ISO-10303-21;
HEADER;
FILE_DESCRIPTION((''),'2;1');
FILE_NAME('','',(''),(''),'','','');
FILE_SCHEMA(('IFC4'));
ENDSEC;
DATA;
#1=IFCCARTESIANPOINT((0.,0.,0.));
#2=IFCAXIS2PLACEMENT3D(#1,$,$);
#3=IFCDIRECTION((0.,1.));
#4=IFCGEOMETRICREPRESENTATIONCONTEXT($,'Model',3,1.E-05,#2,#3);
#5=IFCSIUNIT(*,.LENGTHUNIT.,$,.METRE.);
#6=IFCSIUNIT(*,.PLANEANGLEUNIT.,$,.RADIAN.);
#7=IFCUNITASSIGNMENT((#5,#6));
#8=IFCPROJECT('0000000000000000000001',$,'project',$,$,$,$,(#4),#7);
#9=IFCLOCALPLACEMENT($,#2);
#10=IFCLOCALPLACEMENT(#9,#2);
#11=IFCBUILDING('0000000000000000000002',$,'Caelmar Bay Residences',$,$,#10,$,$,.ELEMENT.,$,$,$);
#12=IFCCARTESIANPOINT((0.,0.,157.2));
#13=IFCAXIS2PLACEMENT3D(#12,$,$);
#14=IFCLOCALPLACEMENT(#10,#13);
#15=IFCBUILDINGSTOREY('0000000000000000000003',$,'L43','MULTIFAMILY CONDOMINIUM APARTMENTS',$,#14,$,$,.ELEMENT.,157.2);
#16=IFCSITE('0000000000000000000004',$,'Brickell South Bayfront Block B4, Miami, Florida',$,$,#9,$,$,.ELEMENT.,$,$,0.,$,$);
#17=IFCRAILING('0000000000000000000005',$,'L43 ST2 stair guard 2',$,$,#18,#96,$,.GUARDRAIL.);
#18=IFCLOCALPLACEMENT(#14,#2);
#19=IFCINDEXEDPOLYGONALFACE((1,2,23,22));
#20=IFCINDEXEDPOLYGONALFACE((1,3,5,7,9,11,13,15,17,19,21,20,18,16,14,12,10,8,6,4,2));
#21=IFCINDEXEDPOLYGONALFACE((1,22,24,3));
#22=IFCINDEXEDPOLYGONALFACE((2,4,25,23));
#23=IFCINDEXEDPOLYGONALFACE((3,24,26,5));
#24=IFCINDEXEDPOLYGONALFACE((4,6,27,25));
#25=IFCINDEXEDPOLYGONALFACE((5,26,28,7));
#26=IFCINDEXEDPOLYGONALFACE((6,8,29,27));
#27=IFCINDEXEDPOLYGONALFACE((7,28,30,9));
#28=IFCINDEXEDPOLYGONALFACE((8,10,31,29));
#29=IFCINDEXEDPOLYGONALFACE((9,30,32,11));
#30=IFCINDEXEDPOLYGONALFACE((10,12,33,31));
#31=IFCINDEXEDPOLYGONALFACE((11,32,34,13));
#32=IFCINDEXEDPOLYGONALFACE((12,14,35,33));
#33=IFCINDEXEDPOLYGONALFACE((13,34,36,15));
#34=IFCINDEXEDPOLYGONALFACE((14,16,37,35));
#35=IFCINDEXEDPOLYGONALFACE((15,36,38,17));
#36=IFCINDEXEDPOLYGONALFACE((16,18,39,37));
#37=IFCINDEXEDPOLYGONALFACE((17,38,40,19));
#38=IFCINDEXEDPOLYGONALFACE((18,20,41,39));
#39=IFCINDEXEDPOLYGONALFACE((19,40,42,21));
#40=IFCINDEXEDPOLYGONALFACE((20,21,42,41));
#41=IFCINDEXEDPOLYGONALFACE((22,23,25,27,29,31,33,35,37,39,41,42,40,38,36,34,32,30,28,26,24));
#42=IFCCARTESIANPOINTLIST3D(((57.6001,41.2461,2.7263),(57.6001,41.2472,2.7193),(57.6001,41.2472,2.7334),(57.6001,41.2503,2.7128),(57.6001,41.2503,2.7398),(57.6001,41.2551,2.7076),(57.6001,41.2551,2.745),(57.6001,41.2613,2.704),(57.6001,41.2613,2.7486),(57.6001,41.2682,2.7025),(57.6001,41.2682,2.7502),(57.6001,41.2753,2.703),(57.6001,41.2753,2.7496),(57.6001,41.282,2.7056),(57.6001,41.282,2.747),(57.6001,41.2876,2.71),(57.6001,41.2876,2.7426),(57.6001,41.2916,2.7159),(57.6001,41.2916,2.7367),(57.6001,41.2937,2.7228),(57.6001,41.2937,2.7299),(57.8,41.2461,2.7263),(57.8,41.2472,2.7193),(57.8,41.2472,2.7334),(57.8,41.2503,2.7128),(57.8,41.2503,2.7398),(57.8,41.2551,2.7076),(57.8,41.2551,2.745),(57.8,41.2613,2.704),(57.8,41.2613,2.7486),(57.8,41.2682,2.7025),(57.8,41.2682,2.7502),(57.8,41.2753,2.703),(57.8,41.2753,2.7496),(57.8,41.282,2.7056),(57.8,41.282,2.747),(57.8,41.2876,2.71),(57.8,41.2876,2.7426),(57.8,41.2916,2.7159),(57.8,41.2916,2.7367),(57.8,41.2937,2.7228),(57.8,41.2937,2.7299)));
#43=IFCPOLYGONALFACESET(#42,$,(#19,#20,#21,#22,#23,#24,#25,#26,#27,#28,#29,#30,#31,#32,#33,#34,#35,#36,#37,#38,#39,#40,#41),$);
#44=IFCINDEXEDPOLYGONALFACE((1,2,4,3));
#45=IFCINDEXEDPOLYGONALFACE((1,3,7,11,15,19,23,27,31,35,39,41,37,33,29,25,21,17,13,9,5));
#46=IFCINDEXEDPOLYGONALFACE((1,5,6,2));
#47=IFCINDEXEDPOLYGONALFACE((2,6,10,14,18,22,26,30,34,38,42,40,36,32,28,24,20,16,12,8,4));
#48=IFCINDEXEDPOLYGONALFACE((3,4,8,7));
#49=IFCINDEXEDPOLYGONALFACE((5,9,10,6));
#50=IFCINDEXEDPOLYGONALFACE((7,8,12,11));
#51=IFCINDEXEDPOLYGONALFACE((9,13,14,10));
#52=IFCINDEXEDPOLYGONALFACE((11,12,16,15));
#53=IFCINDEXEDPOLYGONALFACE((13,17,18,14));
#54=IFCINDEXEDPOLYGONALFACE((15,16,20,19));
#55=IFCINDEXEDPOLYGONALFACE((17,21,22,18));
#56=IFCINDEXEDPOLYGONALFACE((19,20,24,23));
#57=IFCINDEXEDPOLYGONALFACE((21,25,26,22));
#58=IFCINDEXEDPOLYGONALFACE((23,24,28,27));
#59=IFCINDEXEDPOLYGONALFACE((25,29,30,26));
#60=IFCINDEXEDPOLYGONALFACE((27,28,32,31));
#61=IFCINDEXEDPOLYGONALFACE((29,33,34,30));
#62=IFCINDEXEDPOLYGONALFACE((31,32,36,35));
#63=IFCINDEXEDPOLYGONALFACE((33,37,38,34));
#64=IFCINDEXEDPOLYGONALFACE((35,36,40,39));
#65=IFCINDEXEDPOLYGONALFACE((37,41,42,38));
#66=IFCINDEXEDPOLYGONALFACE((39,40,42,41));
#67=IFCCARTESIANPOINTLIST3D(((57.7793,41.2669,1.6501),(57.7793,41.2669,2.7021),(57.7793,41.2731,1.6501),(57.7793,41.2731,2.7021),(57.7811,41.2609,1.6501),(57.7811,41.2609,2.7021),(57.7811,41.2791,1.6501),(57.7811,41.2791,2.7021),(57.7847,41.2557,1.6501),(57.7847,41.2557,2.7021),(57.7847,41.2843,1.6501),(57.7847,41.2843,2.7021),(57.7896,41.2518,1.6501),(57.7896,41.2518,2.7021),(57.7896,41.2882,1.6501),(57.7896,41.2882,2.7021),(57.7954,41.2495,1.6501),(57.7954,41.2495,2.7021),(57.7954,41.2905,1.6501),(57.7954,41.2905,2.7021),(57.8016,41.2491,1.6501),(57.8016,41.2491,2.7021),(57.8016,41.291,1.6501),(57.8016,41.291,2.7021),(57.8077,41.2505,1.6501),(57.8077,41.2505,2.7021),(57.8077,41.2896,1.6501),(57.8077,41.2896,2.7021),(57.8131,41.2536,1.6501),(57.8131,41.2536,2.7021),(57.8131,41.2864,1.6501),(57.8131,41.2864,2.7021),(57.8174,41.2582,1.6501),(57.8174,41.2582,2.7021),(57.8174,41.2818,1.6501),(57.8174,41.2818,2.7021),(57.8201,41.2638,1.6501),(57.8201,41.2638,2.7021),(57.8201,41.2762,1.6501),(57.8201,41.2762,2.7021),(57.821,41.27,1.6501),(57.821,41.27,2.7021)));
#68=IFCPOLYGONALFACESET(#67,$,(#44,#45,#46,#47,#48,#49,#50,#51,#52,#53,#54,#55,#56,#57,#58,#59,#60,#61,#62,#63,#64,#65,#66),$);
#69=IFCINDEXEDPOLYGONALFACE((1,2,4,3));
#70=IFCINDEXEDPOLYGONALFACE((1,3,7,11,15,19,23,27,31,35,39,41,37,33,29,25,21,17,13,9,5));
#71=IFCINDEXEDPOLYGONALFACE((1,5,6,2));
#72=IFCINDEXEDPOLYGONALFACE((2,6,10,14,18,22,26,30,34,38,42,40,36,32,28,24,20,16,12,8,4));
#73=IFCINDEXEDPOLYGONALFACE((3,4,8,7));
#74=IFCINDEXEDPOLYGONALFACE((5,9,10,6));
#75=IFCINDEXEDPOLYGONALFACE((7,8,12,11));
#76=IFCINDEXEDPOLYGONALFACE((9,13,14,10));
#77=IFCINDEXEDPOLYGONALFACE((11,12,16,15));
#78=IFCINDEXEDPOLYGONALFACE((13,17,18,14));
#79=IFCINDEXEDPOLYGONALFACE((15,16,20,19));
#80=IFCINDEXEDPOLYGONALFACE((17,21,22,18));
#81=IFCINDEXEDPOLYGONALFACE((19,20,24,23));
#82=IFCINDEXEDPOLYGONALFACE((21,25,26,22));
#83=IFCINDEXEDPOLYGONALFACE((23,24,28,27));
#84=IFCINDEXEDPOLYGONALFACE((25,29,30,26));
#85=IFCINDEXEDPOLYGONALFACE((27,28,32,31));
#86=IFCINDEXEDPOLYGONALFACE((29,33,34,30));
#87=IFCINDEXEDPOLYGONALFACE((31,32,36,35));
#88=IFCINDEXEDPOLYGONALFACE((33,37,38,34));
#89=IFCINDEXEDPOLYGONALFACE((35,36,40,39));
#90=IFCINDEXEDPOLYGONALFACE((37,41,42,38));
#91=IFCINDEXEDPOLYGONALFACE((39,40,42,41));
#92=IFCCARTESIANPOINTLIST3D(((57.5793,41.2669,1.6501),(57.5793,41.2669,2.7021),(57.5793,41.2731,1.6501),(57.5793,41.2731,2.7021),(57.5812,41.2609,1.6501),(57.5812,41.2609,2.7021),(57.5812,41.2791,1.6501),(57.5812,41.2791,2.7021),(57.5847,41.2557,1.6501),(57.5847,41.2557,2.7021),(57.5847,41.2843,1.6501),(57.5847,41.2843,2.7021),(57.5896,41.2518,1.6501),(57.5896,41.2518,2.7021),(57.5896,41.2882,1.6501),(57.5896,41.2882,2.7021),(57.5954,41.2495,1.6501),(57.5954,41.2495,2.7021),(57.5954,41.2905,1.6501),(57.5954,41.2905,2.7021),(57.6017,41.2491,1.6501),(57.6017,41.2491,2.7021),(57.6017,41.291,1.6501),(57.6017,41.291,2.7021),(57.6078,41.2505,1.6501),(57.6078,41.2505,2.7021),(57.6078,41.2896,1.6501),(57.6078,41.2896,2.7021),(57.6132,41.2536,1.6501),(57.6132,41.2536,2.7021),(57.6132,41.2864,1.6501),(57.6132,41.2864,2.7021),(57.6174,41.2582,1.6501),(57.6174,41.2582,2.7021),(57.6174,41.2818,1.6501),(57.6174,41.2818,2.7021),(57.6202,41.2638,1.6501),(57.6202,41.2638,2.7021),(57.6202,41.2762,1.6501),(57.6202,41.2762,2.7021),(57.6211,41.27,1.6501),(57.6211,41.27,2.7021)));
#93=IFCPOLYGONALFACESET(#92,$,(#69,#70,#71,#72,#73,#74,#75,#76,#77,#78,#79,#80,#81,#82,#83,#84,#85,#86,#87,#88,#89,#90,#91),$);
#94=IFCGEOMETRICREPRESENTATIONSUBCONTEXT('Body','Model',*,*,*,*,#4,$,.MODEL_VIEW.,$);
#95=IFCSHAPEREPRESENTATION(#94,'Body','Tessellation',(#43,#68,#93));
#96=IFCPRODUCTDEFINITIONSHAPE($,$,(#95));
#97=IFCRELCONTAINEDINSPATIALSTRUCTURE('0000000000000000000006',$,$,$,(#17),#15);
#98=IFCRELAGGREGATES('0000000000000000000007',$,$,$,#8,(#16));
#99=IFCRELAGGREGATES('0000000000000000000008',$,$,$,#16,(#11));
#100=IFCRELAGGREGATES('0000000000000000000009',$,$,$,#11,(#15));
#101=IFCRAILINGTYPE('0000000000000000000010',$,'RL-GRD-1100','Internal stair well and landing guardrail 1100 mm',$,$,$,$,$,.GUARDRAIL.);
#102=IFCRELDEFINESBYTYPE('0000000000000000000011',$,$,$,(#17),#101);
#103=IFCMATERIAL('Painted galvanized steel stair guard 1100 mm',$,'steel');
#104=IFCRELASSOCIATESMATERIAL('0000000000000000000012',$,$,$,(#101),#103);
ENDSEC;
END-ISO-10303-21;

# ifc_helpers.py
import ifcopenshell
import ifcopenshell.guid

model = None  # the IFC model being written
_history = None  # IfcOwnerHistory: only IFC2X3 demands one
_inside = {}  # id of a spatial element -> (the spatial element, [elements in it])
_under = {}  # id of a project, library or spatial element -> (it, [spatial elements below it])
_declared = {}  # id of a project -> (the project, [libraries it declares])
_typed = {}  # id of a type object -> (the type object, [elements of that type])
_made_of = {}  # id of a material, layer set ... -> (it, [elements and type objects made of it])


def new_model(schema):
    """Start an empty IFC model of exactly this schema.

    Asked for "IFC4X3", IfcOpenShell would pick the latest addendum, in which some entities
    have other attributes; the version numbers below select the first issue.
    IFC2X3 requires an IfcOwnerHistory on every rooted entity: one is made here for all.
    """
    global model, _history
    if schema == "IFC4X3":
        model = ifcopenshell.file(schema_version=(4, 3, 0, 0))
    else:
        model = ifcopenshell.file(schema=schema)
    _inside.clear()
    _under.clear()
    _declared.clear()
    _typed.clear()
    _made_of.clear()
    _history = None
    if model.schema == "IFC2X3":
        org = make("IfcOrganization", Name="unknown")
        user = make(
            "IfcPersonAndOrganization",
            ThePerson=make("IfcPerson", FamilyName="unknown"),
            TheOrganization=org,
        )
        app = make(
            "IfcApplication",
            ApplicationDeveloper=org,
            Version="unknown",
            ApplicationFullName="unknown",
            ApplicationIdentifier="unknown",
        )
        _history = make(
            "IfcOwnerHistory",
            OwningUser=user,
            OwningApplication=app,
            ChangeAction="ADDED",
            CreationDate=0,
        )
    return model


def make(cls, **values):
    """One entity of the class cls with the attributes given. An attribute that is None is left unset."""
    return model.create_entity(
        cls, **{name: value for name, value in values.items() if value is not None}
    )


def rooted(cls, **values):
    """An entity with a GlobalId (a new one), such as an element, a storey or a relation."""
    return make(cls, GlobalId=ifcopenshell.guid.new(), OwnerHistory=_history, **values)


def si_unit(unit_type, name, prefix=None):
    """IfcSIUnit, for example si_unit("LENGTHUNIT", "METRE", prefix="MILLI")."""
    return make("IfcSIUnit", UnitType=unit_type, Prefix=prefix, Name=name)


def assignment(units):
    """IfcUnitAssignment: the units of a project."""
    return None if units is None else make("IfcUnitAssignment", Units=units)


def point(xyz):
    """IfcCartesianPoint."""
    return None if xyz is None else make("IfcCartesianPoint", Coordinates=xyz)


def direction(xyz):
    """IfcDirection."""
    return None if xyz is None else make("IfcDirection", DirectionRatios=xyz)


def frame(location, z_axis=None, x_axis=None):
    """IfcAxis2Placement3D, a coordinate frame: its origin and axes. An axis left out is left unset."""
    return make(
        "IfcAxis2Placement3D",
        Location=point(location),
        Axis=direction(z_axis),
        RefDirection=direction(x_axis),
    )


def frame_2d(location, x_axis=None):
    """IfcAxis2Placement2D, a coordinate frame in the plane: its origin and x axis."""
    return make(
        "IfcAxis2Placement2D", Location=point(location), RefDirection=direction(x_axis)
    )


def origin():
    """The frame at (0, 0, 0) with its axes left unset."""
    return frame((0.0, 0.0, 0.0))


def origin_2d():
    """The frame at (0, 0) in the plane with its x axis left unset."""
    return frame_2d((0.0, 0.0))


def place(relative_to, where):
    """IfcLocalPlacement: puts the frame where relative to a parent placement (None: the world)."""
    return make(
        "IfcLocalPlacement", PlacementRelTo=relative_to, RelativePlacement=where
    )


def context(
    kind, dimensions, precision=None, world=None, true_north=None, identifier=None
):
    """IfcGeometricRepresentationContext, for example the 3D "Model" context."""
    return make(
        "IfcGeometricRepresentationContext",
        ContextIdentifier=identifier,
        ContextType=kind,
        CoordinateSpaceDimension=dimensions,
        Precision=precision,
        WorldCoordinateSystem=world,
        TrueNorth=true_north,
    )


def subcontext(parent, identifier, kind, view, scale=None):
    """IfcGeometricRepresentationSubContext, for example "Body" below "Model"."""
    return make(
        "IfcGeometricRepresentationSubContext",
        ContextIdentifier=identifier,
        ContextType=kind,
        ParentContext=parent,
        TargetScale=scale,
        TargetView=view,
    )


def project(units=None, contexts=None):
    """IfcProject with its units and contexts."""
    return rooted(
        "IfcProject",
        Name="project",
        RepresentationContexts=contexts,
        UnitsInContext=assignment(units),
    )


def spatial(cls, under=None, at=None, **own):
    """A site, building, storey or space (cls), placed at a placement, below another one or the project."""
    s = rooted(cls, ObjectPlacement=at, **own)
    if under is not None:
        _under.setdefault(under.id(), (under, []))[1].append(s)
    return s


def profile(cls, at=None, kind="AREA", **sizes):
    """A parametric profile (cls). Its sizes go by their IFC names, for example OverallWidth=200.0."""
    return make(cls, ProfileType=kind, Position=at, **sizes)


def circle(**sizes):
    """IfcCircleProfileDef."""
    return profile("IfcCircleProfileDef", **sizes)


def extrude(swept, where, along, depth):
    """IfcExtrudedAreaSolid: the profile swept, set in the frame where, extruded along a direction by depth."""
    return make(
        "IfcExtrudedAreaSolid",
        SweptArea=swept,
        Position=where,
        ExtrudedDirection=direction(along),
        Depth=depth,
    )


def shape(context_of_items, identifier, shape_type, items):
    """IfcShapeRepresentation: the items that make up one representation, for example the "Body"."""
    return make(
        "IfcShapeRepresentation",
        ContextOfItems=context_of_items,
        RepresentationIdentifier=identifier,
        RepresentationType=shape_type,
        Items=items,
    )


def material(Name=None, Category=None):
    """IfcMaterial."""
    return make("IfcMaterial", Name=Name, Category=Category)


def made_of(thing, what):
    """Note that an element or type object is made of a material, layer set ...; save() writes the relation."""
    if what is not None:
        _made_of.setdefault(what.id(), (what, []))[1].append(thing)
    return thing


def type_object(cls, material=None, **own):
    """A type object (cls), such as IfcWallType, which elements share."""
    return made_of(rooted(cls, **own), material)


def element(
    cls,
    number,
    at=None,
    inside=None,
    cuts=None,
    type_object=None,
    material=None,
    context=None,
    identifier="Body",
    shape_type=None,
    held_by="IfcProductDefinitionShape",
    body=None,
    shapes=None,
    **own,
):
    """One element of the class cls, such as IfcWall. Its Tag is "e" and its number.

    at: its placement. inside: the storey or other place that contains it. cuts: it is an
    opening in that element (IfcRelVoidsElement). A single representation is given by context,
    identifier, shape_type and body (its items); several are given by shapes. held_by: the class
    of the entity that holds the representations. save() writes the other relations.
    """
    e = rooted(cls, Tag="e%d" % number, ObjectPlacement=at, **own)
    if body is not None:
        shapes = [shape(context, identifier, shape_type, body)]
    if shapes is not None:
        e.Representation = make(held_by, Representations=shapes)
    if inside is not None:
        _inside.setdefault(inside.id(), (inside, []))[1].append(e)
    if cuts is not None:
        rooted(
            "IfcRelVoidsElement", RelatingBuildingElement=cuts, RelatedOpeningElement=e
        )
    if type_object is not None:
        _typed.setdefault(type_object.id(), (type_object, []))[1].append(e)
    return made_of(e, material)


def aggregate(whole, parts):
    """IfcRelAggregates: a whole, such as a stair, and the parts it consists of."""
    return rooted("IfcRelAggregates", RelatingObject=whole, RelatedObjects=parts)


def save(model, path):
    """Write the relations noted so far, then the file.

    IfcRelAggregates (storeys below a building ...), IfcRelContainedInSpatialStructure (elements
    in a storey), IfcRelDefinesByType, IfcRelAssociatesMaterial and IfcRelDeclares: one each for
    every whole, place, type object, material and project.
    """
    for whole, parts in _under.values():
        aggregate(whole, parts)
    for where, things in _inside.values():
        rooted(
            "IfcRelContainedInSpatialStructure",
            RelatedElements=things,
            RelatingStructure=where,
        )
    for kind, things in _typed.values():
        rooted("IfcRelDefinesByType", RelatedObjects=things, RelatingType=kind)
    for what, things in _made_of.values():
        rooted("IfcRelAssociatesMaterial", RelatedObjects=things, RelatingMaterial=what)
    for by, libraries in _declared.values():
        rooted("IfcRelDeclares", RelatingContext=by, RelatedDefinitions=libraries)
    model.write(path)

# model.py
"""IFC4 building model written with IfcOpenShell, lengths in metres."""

from ifc_helpers import new_model, si_unit, direction, frame, origin, origin_2d, place, context, subcontext, project, spatial, circle, extrude, material, type_object, element, save


model = new_model("IFC4")

# Units and contexts
model_context = context("Model", 3, precision=1e-05, world=origin(), true_north=direction((0.0, 1.0)))
body_context = subcontext(model_context, "Body", "Model", "MODEL_VIEW")
ifc_project = project(units=[si_unit("LENGTHUNIT", "METRE"), si_unit("PLANEANGLEUNIT", "RADIAN")], contexts=[model_context])

# Site, building, storey
site_placement = place(None, origin())
site = spatial("IfcSite", under=ifc_project, at=site_placement, Name="Brickell South Bayfront Block B4, Miami, Florida", CompositionType="ELEMENT", RefElevation=0.0)
building_placement = place(site_placement, origin())
building = spatial("IfcBuilding", under=site, at=building_placement, Name="Caelmar Bay Residences", CompositionType="ELEMENT")
storey_placement = place(building_placement, frame((0.0, 0.0, 157.2)))
storey = spatial("IfcBuildingStorey", under=building, at=storey_placement, Name="L43", Description="MULTIFAMILY CONDOMINIUM APARTMENTS", CompositionType="ELEMENT", Elevation=157.2)

# Railing
ifc_material_1 = material(Name="Painted galvanized steel stair guard 1100 mm", Category="steel")
railing_type_1 = type_object("IfcRailingType", Name="RL-GRD-1100", Description="Internal stair well and landing guardrail 1100 mm", PredefinedType="GUARDRAIL", material=ifc_material_1)
railing_1_placement = place(storey_placement, frame((57.8, 41.27, 1.6501)))
element("IfcRailing", 1, at=railing_1_placement, inside=storey, type_object=railing_type_1, Name="L43 ST2 stair guard 2", PredefinedType="GUARDRAIL", context=body_context, shape_type="SweptSolid", body=[
    extrude(circle(Radius=0.0239, at=origin_2d()), frame((0.0, 0.0, 1.0762), z_axis=(-1.0, 0.0, 0.0), x_axis=(0.0, -1.0, 0.0)), (0.0, 0.0, 1.0), 0.2),
    extrude(circle(Radius=0.021, at=origin_2d()), origin(), (0.0, 0.0, 1.0), 1.052),
    extrude(circle(Radius=0.021, at=origin_2d()), frame((-0.2, 0.0, 0.0)), (0.0, 0.0, 1.0), 1.052),
])

save(model, "model.ifc")
